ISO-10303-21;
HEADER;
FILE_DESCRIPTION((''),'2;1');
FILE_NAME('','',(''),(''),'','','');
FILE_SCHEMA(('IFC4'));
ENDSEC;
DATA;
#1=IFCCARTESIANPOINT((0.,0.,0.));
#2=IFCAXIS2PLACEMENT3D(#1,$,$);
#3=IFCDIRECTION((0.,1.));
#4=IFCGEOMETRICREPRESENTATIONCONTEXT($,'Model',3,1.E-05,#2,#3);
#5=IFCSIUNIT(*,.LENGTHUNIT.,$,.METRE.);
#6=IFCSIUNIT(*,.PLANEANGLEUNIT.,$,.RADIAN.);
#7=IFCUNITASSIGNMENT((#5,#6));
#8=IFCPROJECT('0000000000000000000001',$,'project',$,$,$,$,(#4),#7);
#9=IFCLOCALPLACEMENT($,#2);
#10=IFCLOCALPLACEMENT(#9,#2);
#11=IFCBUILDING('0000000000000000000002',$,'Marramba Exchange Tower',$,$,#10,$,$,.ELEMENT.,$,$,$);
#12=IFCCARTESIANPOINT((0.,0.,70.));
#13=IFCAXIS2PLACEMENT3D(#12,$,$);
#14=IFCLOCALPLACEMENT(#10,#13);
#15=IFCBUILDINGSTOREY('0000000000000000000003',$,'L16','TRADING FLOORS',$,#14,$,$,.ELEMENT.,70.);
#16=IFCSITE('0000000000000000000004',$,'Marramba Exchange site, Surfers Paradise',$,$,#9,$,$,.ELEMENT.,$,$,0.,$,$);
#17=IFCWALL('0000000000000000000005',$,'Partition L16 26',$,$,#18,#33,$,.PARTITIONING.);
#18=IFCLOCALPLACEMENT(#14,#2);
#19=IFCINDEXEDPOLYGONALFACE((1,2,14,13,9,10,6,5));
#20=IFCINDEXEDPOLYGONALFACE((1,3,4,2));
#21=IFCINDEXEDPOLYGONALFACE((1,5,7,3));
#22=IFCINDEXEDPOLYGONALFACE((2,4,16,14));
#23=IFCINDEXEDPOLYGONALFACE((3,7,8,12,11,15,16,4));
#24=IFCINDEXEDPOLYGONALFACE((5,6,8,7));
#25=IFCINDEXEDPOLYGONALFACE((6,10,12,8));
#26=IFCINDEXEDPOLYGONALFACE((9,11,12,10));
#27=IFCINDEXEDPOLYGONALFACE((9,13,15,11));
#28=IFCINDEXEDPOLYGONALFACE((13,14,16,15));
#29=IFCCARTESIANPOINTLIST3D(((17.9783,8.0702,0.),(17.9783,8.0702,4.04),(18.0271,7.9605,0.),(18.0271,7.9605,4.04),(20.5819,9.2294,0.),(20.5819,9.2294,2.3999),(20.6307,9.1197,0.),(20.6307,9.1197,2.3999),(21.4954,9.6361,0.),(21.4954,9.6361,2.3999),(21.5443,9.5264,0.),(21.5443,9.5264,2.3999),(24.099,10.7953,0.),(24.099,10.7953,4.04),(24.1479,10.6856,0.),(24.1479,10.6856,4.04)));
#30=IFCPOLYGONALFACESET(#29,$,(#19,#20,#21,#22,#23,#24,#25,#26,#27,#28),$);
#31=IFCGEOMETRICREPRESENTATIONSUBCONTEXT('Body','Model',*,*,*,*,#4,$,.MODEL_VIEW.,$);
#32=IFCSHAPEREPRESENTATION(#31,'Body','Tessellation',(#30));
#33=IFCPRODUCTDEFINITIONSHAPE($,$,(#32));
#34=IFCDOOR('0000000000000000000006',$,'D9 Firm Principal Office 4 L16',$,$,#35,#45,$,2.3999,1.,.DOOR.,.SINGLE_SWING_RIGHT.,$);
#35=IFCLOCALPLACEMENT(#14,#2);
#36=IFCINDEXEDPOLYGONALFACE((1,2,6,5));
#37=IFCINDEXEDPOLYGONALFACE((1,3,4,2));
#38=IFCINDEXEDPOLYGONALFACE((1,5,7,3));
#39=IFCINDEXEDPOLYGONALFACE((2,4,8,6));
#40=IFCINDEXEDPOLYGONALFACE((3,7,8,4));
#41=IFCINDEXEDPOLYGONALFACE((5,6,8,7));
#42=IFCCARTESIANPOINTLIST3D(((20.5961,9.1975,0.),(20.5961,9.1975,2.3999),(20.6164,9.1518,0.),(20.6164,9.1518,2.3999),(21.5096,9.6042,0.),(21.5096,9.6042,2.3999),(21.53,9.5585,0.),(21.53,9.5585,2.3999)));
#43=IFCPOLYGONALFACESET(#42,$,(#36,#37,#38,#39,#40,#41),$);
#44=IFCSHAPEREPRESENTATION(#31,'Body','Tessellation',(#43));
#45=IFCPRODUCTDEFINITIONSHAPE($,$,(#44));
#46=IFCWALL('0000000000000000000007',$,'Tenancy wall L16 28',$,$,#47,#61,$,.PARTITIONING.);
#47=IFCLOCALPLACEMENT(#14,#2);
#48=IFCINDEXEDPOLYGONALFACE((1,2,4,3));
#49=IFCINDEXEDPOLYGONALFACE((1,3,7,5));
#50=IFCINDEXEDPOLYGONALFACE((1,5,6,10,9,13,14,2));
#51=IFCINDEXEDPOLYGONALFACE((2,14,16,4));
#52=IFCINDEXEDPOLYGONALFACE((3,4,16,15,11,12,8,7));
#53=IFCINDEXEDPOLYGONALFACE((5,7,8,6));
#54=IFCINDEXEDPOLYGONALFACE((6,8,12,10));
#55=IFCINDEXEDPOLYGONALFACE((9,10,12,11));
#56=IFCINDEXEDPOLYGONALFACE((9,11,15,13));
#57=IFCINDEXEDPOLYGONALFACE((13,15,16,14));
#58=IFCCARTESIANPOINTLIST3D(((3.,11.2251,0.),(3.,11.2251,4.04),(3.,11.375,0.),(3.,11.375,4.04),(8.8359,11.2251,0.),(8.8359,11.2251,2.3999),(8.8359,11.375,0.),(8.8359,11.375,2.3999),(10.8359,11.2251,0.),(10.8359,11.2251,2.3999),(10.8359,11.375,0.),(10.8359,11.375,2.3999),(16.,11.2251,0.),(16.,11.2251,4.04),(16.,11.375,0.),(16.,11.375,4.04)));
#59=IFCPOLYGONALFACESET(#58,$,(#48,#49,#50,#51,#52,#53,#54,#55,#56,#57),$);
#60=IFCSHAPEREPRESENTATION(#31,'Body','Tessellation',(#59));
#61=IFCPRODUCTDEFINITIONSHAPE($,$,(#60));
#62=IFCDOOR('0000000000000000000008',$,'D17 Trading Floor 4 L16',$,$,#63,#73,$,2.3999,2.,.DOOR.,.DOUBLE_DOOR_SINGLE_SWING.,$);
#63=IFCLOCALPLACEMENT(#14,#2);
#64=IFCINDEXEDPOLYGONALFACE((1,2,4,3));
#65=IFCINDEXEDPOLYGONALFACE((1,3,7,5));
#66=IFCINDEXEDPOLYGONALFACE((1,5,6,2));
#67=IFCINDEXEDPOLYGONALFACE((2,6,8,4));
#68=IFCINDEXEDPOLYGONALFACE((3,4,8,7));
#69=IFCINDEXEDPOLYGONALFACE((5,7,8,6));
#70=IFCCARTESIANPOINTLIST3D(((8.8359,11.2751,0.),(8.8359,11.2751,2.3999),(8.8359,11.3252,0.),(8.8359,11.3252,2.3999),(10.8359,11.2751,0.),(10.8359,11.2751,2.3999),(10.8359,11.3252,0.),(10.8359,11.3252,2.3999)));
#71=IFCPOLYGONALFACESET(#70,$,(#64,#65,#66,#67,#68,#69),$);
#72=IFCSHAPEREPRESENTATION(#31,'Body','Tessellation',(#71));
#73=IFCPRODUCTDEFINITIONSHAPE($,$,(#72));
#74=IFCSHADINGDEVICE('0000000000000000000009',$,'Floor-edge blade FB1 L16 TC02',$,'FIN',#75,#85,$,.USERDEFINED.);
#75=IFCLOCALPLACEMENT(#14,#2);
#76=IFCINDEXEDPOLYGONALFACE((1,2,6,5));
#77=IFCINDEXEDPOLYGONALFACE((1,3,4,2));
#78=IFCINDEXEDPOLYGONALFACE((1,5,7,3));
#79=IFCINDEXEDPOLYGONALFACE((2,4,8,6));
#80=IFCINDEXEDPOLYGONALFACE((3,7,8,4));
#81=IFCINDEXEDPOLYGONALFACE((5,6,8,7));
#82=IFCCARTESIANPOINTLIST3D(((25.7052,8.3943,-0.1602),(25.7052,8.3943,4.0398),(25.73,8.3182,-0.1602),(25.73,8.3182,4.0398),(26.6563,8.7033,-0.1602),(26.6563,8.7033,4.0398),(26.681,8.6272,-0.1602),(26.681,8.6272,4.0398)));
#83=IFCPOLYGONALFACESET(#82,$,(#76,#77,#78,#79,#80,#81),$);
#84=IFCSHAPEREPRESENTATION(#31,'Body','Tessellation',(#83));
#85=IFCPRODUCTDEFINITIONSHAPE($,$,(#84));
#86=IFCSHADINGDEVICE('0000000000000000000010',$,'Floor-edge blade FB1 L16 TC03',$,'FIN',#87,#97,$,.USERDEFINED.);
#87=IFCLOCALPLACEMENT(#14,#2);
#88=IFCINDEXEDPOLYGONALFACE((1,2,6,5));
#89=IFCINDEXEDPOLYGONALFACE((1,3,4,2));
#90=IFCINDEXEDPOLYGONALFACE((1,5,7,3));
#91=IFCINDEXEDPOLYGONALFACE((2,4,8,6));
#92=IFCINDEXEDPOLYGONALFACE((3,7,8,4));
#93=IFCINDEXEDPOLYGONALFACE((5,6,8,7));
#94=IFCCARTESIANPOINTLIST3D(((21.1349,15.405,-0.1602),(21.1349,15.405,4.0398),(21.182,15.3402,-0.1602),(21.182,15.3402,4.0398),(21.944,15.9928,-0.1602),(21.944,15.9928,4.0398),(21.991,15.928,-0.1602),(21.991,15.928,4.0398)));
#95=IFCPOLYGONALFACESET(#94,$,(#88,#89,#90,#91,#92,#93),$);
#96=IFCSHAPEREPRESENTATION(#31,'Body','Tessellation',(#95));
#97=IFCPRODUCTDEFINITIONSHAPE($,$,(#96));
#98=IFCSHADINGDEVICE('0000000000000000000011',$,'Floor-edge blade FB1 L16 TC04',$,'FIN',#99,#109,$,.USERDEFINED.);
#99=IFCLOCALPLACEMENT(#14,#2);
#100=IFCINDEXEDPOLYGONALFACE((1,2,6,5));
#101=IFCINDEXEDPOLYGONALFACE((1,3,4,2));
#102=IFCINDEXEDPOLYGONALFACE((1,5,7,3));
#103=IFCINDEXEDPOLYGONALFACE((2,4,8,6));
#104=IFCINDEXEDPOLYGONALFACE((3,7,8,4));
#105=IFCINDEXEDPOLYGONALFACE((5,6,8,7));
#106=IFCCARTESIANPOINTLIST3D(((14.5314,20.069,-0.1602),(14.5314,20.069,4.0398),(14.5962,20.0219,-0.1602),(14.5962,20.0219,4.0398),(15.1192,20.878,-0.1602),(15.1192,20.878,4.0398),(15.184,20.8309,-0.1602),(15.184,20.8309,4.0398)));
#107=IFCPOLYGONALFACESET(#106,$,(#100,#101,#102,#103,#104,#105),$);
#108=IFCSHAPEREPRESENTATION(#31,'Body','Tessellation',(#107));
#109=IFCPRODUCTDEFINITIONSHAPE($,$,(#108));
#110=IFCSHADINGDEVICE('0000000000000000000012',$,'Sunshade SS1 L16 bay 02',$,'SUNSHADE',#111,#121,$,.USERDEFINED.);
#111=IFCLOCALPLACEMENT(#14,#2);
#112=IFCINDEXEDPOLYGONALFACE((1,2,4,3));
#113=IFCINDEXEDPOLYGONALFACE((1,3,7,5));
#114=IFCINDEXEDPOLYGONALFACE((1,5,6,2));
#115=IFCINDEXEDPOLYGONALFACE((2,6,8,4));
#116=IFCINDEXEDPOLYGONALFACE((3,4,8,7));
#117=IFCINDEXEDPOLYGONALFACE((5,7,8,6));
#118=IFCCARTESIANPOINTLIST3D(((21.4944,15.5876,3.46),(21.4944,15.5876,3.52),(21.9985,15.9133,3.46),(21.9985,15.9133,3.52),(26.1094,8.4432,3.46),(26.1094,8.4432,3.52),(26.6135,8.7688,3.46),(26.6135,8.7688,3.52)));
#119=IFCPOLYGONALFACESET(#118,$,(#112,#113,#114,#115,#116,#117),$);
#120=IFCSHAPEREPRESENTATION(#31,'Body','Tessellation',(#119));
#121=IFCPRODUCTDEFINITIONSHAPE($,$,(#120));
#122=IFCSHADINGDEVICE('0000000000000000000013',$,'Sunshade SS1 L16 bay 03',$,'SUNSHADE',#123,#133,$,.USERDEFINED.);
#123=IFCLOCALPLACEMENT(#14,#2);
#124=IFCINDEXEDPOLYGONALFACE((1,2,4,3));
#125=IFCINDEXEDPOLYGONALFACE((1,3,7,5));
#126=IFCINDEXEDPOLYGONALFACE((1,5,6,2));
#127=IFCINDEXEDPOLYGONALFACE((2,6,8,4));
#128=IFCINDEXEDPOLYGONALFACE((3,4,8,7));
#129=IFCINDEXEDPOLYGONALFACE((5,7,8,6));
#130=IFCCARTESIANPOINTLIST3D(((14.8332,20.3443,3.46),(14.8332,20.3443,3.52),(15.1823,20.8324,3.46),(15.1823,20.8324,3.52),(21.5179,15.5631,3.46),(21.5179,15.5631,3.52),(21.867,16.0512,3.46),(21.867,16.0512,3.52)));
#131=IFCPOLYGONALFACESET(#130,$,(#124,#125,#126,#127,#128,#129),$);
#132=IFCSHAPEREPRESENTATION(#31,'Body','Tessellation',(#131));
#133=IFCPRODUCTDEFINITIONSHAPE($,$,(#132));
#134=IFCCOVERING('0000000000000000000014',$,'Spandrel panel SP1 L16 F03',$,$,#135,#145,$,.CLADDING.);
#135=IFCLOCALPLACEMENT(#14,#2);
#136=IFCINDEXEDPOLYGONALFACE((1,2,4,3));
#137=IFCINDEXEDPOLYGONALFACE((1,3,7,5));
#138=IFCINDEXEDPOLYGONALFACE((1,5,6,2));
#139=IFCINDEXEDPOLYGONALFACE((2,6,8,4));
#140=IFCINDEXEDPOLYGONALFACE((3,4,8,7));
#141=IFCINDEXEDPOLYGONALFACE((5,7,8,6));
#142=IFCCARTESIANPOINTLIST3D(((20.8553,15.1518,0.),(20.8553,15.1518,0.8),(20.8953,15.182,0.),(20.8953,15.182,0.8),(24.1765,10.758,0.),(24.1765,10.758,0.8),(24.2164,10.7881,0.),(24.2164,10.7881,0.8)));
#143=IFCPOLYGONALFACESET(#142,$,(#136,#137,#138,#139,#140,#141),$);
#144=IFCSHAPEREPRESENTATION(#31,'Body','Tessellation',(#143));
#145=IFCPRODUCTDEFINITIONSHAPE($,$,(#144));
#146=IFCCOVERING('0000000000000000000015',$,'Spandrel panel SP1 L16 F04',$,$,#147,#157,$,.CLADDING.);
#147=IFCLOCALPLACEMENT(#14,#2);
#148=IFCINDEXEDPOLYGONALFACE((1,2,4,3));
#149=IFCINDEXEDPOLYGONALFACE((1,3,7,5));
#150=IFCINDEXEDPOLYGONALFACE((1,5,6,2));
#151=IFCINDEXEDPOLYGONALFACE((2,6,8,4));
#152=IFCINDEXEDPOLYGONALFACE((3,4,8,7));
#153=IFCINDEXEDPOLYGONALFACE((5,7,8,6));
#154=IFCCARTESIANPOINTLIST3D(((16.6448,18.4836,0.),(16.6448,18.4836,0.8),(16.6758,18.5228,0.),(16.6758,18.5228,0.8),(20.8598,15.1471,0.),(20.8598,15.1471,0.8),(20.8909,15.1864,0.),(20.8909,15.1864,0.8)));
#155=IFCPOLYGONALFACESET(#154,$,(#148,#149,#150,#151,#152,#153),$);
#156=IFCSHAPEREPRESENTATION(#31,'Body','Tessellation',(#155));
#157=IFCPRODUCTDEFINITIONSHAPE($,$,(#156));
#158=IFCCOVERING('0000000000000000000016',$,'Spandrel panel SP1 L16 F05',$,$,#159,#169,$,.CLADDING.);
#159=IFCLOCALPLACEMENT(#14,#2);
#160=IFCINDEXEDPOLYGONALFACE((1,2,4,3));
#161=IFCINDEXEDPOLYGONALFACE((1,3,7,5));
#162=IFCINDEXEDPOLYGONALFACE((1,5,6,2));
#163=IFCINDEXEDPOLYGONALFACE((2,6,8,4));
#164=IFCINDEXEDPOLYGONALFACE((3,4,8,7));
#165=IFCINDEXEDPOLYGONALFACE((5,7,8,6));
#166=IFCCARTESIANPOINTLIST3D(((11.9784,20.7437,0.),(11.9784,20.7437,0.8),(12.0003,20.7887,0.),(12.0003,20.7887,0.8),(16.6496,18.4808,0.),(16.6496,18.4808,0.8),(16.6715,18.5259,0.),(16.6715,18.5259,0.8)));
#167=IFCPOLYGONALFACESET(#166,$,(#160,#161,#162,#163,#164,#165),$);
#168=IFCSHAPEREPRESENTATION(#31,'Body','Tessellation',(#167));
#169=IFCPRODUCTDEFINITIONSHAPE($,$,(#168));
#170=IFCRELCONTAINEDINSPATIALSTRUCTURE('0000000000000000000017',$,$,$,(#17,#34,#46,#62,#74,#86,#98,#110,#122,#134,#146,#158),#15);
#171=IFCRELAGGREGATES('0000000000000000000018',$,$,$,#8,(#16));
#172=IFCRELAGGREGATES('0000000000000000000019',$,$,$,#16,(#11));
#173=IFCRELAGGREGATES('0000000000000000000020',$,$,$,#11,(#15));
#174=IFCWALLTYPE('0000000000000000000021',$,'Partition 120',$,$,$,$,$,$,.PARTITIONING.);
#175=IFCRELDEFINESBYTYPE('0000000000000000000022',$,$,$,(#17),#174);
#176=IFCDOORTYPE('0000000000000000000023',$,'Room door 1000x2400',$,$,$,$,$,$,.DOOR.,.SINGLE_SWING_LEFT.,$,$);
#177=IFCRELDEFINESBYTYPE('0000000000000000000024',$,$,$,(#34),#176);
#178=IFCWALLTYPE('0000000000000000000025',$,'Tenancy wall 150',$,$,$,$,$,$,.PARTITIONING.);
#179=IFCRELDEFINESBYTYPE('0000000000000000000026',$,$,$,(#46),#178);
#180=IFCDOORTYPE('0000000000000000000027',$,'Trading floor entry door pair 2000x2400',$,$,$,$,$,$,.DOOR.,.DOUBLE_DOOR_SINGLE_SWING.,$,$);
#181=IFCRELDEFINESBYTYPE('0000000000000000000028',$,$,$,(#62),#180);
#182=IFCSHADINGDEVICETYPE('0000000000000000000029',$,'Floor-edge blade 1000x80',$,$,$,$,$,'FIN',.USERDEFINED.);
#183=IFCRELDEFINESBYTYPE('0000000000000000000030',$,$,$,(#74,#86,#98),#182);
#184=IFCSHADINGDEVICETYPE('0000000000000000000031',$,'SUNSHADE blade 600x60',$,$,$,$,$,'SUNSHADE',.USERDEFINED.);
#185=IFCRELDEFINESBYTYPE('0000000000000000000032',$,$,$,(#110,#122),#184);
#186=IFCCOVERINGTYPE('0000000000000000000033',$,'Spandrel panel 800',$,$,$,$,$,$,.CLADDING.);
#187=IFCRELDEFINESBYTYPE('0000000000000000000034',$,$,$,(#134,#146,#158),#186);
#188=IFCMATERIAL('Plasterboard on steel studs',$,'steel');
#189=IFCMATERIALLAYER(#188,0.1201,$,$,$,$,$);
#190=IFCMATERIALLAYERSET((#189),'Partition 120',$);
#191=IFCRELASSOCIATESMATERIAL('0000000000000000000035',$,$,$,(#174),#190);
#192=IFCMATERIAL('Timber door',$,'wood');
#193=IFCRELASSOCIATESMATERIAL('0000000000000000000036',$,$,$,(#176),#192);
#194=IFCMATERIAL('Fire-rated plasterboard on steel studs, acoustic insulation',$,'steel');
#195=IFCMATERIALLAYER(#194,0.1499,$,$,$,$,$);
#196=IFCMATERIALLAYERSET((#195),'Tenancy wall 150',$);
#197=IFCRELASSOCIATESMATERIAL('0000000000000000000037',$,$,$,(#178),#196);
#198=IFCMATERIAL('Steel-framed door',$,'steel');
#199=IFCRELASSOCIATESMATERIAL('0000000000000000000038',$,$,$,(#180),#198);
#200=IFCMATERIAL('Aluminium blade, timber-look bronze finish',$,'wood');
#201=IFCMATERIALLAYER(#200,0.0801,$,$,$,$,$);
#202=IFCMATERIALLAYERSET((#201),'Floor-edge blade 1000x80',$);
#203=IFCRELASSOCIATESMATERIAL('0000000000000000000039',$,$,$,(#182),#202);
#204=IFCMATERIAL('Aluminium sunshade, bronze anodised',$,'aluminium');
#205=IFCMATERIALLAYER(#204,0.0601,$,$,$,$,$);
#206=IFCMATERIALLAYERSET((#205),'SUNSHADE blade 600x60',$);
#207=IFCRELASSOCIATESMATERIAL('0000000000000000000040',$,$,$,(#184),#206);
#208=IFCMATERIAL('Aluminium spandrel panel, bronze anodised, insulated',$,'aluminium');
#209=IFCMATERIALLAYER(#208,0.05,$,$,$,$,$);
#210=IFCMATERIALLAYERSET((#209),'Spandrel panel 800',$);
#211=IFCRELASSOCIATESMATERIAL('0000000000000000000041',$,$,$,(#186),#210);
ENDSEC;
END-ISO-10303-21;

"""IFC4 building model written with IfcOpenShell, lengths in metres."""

from ifc_helpers import new_model, si_unit, direction, frame, frame_2d, origin, origin_2d, place, context, subcontext, project, spatial, rectangle, extrude, material, layer, layer_set, type_object, element, fill, save


model = new_model("IFC4")

# Units and contexts
model_context = context("Model", 3, precision=1e-05, world=origin(), true_north=direction((0.0, 1.0)))
body_context = subcontext(model_context, "Body", "Model", "MODEL_VIEW")
ifc_project = project(units=[si_unit("LENGTHUNIT", "METRE"), si_unit("PLANEANGLEUNIT", "RADIAN")], contexts=[model_context])

# Site, building, storey
site_placement = place(None, origin())
site = spatial("IfcSite", under=ifc_project, at=site_placement, Name="Marramba Exchange site, Surfers Paradise", CompositionType="ELEMENT", RefElevation=0.0)
building_placement = place(site_placement, origin())
building = spatial("IfcBuilding", under=site, at=building_placement, Name="Marramba Exchange Tower", CompositionType="ELEMENT")
storey_placement = place(building_placement, frame((0.0, 0.0, 70.0)))
storey = spatial("IfcBuildingStorey", under=building, at=storey_placement, Name="L16", Description="TRADING FLOORS", CompositionType="ELEMENT", Elevation=70.0)

# Walls, openings, doors
ifc_material_1 = material(Name="Plasterboard on steel studs", Category="steel")
ifc_layer_1 = layer(ifc_material_1, 0.1201)
ifc_layer_set_1 = layer_set([ifc_layer_1], Name="Partition 120")
wall_type_1 = type_object("IfcWallType", Name="Partition 120", PredefinedType="PARTITIONING", material=ifc_layer_set_1)
wall_1_placement = place(storey_placement, frame((24.1235, 10.7405, 0.0), z_axis=(0.0, 0.0, 1.0), x_axis=(-0.91355, -0.406727, 0.0)))
wall_1 = element("IfcWall", 1, at=wall_1_placement, inside=storey, type_object=wall_type_1, Name="Partition L16 26", PredefinedType="PARTITIONING", context=body_context, shape_type="SweptSolid", body=[
    extrude(rectangle(XDim=6.7, YDim=0.1201, at=frame_2d((3.3501, 0.0))), origin(), (0.0, 0.0, 1.0), 4.04),
])
opening_1_placement = place(wall_1_placement, frame((2.8501, 0.0, 0.0)))
opening_1 = element("IfcOpeningElement", 2, at=opening_1_placement, cuts=wall_1, PredefinedType="OPENING", context=body_context, shape_type="SweptSolid", body=[
    extrude(rectangle(XDim=1.0, YDim=2.3999, at=frame_2d((0.5, 1.2))), frame((0.0, 0.0701, 0.0), z_axis=(0.0, -1.0, 0.0), x_axis=(1.0, 0.0, 0.0)), (0.0, 0.0, 1.0), 0.1401),
])
ifc_material_2 = material(Name="Timber door", Category="wood")
door_type_1 = type_object("IfcDoorType", Name="Room door 1000x2400", OperationType="SINGLE_SWING_LEFT", PredefinedType="DOOR", material=ifc_material_2)
door_1_placement = place(opening_1_placement, origin())
door_1 = element("IfcDoor", 3, at=door_1_placement, inside=storey, type_object=door_type_1, Name="D9 Firm Principal Office 4 L16", OperationType="SINGLE_SWING_RIGHT", OverallHeight=2.3999, OverallWidth=1.0, PredefinedType="DOOR", context=body_context, shape_type="SweptSolid", body=[
    extrude(rectangle(XDim=1.0, YDim=2.3999, at=frame_2d((0.5, 1.2))), frame((0.0, 0.0249, 0.0), z_axis=(0.0, -1.0, 0.0), x_axis=(1.0, 0.0, 0.0)), (0.0, 0.0, 1.0), 0.05),
])
fill(opening_1, door_1)
ifc_material_3 = material(Name="Fire-rated plasterboard on steel studs, acoustic insulation", Category="steel")
ifc_layer_2 = layer(ifc_material_3, 0.1499)
ifc_layer_set_2 = layer_set([ifc_layer_2], Name="Tenancy wall 150")
wall_type_2 = type_object("IfcWallType", Name="Tenancy wall 150", PredefinedType="PARTITIONING", material=ifc_layer_set_2)
wall_2_placement = place(storey_placement, frame((16.0, 11.3, 0.0), z_axis=(0.0, 0.0, 1.0), x_axis=(-1.0, 0.0, 0.0)))
wall_2 = element("IfcWall", 4, at=wall_2_placement, inside=storey, type_object=wall_type_2, Name="Tenancy wall L16 28", PredefinedType="PARTITIONING", context=body_context, shape_type="SweptSolid", body=[
    extrude(rectangle(XDim=13.0, YDim=0.1499, at=frame_2d((6.5, 0.0))), origin(), (0.0, 0.0, 1.0), 4.04),
])
opening_2_placement = place(wall_2_placement, frame((5.1641, 0.0, 0.0)))
opening_2 = element("IfcOpeningElement", 5, at=opening_2_placement, cuts=wall_2, PredefinedType="OPENING", context=body_context, shape_type="SweptSolid", body=[
    extrude(rectangle(XDim=2.0, YDim=2.3999, at=frame_2d((1.0, 1.2))), frame((0.0, 0.085, 0.0), z_axis=(0.0, -1.0, 0.0), x_axis=(1.0, 0.0, 0.0)), (0.0, 0.0, 1.0), 0.1699),
])
ifc_material_4 = material(Name="Steel-framed door", Category="steel")
door_type_2 = type_object("IfcDoorType", Name="Trading floor entry door pair 2000x2400", OperationType="DOUBLE_DOOR_SINGLE_SWING", PredefinedType="DOOR", material=ifc_material_4)
door_2_placement = place(opening_2_placement, origin())
door_2 = element("IfcDoor", 6, at=door_2_placement, inside=storey, type_object=door_type_2, Name="D17 Trading Floor 4 L16", OperationType="DOUBLE_DOOR_SINGLE_SWING", OverallHeight=2.3999, OverallWidth=2.0, PredefinedType="DOOR", context=body_context, shape_type="SweptSolid", body=[
    extrude(rectangle(XDim=2.0, YDim=2.3999, at=frame_2d((1.0, 1.2))), frame((0.0, 0.0249, 0.0), z_axis=(0.0, -1.0, 0.0), x_axis=(1.0, 0.0, 0.0)), (0.0, 0.0, 1.0), 0.05),
])
fill(opening_2, door_2)

# Shading devices
ifc_material_5 = material(Name="Aluminium blade, timber-look bronze finish", Category="wood")
ifc_layer_3 = layer(ifc_material_5, 0.0801)
ifc_layer_set_3 = layer_set([ifc_layer_3], Name="Floor-edge blade 1000x80")
shading_device_type_1 = type_object("IfcShadingDeviceType", Name="Floor-edge blade 1000x80", ElementType="FIN", PredefinedType="USERDEFINED", material=ifc_layer_set_3)
for number, where, z_axis, x_axis, name in (
    (7, (26.1931, 8.5107, -0.1602), (0.0, 0.0, 1.0), (0.951057, 0.309017, 0.0), "Floor-edge blade FB1 L16 TC02"),
    (8, (21.563, 15.6665, -0.1602), (0.0, 0.0, 1.0), (0.809017, 0.587785, 0.0), "Floor-edge blade FB1 L16 TC03"),
    (9, (14.8577, 20.45, -0.1602), (0.0, 0.0, 1.0), (0.587785, 0.809017, 0.0), "Floor-edge blade FB1 L16 TC04"),
):
    element("IfcShadingDevice", number, at=place(storey_placement, frame(where, z_axis=z_axis, x_axis=x_axis)), inside=storey, type_object=shading_device_type_1, Name=name, ObjectType="FIN", PredefinedType="USERDEFINED", context=body_context, shape_type="SweptSolid", body=[
        extrude(rectangle(XDim=1.0, YDim=0.0801, at=origin_2d()), origin(), (0.0, 0.0, 1.0), 4.2),
    ])
ifc_material_6 = material(Name="Aluminium sunshade, bronze anodised", Category="aluminium")
ifc_layer_4 = layer(ifc_material_6, 0.0601)
ifc_layer_set_4 = layer_set([ifc_layer_4], Name="SUNSHADE blade 600x60")
shading_device_type_2 = type_object("IfcShadingDeviceType", Name="SUNSHADE blade 600x60", ElementType="SUNSHADE", PredefinedType="USERDEFINED", material=ifc_layer_set_4)
shading_device_1_placement = place(storey_placement, frame((24.054, 12.1782, 3.46), z_axis=(0.0, 0.0, 1.0), x_axis=(-0.542597, 0.839993, 0.0)))
element("IfcShadingDevice", 10, at=shading_device_1_placement, inside=storey, type_object=shading_device_type_2, Name="Sunshade SS1 L16 bay 02", ObjectType="SUNSHADE", PredefinedType="USERDEFINED", context=body_context, shape_type="SweptSolid", body=[
    extrude(rectangle(XDim=8.5054, YDim=0.6001, at=origin_2d()), origin(), (0.0, 0.0, 1.0), 0.0601),
])
shading_device_2_placement = place(storey_placement, frame((18.3501, 18.1978, 3.46), z_axis=(0.0, 0.0, 1.0), x_axis=(-0.813363, 0.581757, 0.0)))
element("IfcShadingDevice", 11, at=shading_device_2_placement, inside=storey, type_object=shading_device_type_2, Name="Sunshade SS1 L16 bay 03", ObjectType="SUNSHADE", PredefinedType="USERDEFINED", context=body_context, shape_type="SweptSolid", body=[
    extrude(rectangle(XDim=8.2185, YDim=0.6001, at=origin_2d()), origin(), (0.0, 0.0, 1.0), 0.0601),
])

# Coverings
ifc_material_7 = material(Name="Aluminium spandrel panel, bronze anodised, insulated", Category="aluminium")
ifc_layer_5 = layer(ifc_material_7, 0.05)
ifc_layer_set_5 = layer_set([ifc_layer_5], Name="Spandrel panel 800")
covering_type = type_object("IfcCoveringType", Name="Spandrel panel 800", PredefinedType="CLADDING", material=ifc_layer_set_5)
covering_1_placement = place(storey_placement, frame((22.5359, 12.97, 0.0), z_axis=(0.0, 0.0, 1.0), x_axis=(-0.60299, 0.797749, 0.0)))
element("IfcCovering", 12, at=covering_1_placement, inside=storey, type_object=covering_type, Name="Spandrel panel SP1 L16 F03", PredefinedType="CLADDING", context=body_context, shape_type="SweptSolid", body=[
    extrude(rectangle(XDim=5.5078, YDim=0.05, at=origin_2d()), origin(), (0.0, 0.0, 1.0), 0.8),
])
covering_2_placement = place(storey_placement, frame((18.7678, 16.835, 0.0), z_axis=(0.0, 0.0, 1.0), x_axis=(-0.784088, 0.62065, 0.0)))
element("IfcCovering", 13, at=covering_2_placement, inside=storey, type_object=covering_type, Name="Spandrel panel SP1 L16 F04", PredefinedType="CLADDING", context=body_context, shape_type="SweptSolid", body=[
    extrude(rectangle(XDim=5.3757, YDim=0.05, at=origin_2d()), origin(), (0.0, 0.0, 1.0), 0.8),
])
covering_3_placement = place(storey_placement, frame((14.325, 19.6348, 0.0), z_axis=(0.0, 0.0, 1.0), x_axis=(-0.899963, 0.435965, 0.0)))
element("IfcCovering", 14, at=covering_3_placement, inside=storey, type_object=covering_type, Name="Spandrel panel SP1 L16 F05", PredefinedType="CLADDING", context=body_context, shape_type="SweptSolid", body=[
    extrude(rectangle(XDim=5.1904, YDim=0.05, at=origin_2d()), origin(), (0.0, 0.0, 1.0), 0.8),
])

save(model, "model.ifc")
